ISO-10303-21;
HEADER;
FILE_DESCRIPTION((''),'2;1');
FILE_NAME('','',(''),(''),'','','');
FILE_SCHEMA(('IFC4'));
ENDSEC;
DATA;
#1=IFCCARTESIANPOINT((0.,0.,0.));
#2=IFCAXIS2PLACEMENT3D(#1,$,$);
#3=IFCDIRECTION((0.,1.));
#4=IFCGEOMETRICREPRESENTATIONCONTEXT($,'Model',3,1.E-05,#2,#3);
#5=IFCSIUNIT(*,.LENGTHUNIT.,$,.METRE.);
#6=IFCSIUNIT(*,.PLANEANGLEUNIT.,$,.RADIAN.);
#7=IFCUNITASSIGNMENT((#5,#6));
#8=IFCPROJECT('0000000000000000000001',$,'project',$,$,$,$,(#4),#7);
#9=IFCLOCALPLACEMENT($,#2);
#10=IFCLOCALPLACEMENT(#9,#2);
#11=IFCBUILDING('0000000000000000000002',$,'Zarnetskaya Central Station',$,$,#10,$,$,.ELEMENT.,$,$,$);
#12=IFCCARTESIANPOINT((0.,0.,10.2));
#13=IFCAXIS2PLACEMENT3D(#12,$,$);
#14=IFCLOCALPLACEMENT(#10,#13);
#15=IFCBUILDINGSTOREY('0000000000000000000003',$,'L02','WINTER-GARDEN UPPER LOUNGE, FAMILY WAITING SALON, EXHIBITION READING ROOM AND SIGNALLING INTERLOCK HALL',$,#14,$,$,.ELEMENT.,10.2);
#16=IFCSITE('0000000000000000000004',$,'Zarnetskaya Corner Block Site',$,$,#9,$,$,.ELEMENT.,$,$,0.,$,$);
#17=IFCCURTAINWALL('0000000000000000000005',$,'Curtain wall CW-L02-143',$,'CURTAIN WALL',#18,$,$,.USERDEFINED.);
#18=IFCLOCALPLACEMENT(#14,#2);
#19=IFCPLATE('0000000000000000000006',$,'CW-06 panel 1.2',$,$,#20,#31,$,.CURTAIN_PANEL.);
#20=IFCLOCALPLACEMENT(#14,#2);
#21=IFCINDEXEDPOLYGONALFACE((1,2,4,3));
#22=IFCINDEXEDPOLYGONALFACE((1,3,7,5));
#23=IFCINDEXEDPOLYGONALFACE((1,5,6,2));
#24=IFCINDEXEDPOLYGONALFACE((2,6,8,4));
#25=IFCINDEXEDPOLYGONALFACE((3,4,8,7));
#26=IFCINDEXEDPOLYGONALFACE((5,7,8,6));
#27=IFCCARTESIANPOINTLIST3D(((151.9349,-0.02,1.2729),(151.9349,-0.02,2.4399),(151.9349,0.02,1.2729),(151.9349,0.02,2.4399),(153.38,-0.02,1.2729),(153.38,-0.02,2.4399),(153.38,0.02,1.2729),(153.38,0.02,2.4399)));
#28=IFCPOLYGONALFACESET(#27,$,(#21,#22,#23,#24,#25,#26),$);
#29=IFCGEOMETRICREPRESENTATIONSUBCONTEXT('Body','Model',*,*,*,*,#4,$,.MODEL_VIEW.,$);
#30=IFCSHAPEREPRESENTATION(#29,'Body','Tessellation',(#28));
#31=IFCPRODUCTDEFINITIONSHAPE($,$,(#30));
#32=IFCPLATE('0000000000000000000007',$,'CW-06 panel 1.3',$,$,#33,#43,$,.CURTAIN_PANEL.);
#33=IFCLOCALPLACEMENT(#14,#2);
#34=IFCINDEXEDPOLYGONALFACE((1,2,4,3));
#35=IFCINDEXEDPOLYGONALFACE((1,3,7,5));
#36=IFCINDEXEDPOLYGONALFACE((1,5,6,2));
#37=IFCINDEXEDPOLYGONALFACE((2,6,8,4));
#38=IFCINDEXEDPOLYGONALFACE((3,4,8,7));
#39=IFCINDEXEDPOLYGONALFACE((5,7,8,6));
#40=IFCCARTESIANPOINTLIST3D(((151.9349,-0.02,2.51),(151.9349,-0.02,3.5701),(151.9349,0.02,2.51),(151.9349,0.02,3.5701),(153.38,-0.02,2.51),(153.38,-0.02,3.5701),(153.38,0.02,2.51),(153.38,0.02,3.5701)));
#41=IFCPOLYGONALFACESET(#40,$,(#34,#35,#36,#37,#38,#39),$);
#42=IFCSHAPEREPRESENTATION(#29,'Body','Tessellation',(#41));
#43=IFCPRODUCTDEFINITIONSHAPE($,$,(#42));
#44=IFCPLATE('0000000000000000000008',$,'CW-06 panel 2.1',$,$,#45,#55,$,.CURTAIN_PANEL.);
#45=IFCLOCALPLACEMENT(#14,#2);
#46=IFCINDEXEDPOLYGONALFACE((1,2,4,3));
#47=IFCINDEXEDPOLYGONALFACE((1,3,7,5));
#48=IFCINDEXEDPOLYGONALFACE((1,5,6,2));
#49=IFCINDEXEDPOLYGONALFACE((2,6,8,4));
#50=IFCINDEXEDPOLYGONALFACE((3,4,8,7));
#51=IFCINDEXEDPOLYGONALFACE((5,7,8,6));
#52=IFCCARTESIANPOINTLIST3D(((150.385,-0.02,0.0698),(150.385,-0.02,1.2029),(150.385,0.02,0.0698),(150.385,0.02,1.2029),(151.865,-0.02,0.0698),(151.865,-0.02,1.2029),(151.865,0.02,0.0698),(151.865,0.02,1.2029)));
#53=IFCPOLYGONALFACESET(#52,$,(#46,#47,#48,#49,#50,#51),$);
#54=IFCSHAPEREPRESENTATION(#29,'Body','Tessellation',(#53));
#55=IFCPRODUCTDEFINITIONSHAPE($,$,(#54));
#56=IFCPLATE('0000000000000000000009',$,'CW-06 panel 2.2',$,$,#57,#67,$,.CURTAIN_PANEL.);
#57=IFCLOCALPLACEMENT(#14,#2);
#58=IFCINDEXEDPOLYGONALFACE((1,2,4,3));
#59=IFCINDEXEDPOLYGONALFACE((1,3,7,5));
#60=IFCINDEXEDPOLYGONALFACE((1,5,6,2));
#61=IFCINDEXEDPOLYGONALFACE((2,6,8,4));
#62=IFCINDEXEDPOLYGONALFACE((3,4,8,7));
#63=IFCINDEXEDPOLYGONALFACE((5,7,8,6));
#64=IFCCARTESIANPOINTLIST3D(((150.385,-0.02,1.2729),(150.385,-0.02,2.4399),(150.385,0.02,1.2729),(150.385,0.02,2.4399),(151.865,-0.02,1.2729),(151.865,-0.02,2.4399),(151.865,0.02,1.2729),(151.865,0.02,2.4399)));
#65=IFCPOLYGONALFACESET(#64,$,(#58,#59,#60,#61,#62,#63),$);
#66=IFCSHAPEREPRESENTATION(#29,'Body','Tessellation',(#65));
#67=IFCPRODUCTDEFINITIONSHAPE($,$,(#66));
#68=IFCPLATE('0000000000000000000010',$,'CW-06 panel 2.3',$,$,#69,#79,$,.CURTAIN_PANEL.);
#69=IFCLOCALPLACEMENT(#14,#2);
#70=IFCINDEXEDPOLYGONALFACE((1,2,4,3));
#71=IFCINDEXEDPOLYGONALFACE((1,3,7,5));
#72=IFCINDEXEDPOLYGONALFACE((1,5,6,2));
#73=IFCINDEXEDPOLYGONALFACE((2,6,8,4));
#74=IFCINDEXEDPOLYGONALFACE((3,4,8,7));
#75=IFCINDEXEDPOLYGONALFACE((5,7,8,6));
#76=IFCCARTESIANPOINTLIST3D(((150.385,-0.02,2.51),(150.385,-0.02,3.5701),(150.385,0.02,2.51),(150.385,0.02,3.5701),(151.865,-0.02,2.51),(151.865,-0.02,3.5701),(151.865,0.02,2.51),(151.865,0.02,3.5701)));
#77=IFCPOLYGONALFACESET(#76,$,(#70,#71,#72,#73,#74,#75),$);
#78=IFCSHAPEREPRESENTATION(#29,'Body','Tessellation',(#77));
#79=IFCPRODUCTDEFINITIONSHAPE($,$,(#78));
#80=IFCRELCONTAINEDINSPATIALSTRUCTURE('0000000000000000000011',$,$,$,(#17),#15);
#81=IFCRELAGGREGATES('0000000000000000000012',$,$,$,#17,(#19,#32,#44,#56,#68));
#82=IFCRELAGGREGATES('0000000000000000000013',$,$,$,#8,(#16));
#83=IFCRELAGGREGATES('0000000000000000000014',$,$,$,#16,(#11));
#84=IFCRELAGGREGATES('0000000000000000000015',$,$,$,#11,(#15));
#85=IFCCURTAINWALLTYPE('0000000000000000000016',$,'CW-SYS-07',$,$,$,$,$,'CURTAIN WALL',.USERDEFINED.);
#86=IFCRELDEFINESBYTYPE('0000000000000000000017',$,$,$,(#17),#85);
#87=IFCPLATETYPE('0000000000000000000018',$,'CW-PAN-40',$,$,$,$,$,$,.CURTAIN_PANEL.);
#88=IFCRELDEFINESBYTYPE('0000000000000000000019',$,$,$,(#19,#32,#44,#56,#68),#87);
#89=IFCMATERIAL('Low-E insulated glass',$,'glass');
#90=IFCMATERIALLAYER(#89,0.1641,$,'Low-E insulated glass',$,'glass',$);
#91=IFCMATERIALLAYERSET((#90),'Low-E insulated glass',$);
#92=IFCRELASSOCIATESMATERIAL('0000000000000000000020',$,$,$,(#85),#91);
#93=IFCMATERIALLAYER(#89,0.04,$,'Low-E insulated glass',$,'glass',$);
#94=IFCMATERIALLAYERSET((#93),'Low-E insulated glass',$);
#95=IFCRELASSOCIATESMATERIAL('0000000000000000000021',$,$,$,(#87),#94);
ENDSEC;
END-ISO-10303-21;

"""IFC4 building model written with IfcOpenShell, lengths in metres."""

from ifc_helpers import new_model, si_unit, direction, frame, origin, origin_2d, place, context, subcontext, project, spatial, rectangle, extrude, material, layer, layer_set, type_object, element, aggregate, save


model = new_model("IFC4")

# Units and contexts
model_context = context("Model", 3, precision=1e-05, world=origin(), true_north=direction((0.0, 1.0)))
body_context = subcontext(model_context, "Body", "Model", "MODEL_VIEW")
ifc_project = project(units=[si_unit("LENGTHUNIT", "METRE"), si_unit("PLANEANGLEUNIT", "RADIAN")], contexts=[model_context])

# Site, building, storey
site_placement = place(None, origin())
site = spatial("IfcSite", under=ifc_project, at=site_placement, Name="Zarnetskaya Corner Block Site", CompositionType="ELEMENT", RefElevation=0.0)
building_placement = place(site_placement, origin())
building = spatial("IfcBuilding", under=site, at=building_placement, Name="Zarnetskaya Central Station", CompositionType="ELEMENT")
storey_placement = place(building_placement, frame((0.0, 0.0, 10.2)))
storey = spatial("IfcBuildingStorey", under=building, at=storey_placement, Name="L02", Description="WINTER-GARDEN UPPER LOUNGE, FAMILY WAITING SALON, EXHIBITION READING ROOM AND SIGNALLING INTERLOCK HALL", CompositionType="ELEMENT", Elevation=10.2)

# Curtain wall
ifc_material_1 = material(Name="Low-E insulated glass", Category="glass")
ifc_layer_1 = layer(ifc_material_1, 0.1641, Name="Low-E insulated glass", Category="glass")
ifc_layer_set_1 = layer_set([ifc_layer_1], Name="Low-E insulated glass")
curtain_wall_type = type_object("IfcCurtainWallType", Name="CW-SYS-07", ElementType="CURTAIN WALL", PredefinedType="USERDEFINED", material=ifc_layer_set_1)
curtain_wall_1_placement = place(storey_placement, origin())
curtain_wall_1 = element("IfcCurtainWall", 1, at=curtain_wall_1_placement, inside=storey, type_object=curtain_wall_type, Name="Curtain wall CW-L02-143", ObjectType="CURTAIN WALL", PredefinedType="USERDEFINED")

# Plates
ifc_layer_2 = layer(ifc_material_1, 0.04, Name="Low-E insulated glass", Category="glass")
ifc_layer_set_2 = layer_set([ifc_layer_2], Name="Low-E insulated glass")
plate_type_1 = type_object("IfcPlateType", Name="CW-PAN-40", PredefinedType="CURTAIN_PANEL", material=ifc_layer_set_2)
plate_1_placement = place(storey_placement, frame((152.6575, 0.0, 1.2729), z_axis=(0.0, 0.0, 1.0), x_axis=(-1.0, 0.0, 0.0)))
plate_1 = element("IfcPlate", 2, at=plate_1_placement, type_object=plate_type_1, Name="CW-06 panel 1.2", PredefinedType="CURTAIN_PANEL", context=body_context, shape_type="SweptSolid", body=[
    extrude(rectangle(XDim=1.4451, YDim=0.04, at=origin_2d()), origin(), (0.0, 0.0, 1.0), 1.167),
])
plate_2_placement = place(storey_placement, frame((152.6575, 0.0, 2.51), z_axis=(0.0, 0.0, 1.0), x_axis=(-1.0, 0.0, 0.0)))
plate_2 = element("IfcPlate", 3, at=plate_2_placement, type_object=plate_type_1, Name="CW-06 panel 1.3", PredefinedType="CURTAIN_PANEL", context=body_context, shape_type="SweptSolid", body=[
    extrude(rectangle(XDim=1.4451, YDim=0.04, at=origin_2d()), origin(), (0.0, 0.0, 1.0), 1.0601),
])
plate_3_placement = place(storey_placement, frame((151.125, 0.0, 0.0698), z_axis=(0.0, 0.0, 1.0), x_axis=(-1.0, 0.0, 0.0)))
plate_3 = element("IfcPlate", 4, at=plate_3_placement, type_object=plate_type_1, Name="CW-06 panel 2.1", PredefinedType="CURTAIN_PANEL", context=body_context, shape_type="SweptSolid", body=[
    extrude(rectangle(XDim=1.48, YDim=0.04, at=origin_2d()), origin(), (0.0, 0.0, 1.0), 1.1331),
])
plate_4_placement = place(storey_placement, frame((151.125, 0.0, 1.2729), z_axis=(0.0, 0.0, 1.0), x_axis=(-1.0, 0.0, 0.0)))
plate_4 = element("IfcPlate", 5, at=plate_4_placement, type_object=plate_type_1, Name="CW-06 panel 2.2", PredefinedType="CURTAIN_PANEL", context=body_context, shape_type="SweptSolid", body=[
    extrude(rectangle(XDim=1.48, YDim=0.04, at=origin_2d()), origin(), (0.0, 0.0, 1.0), 1.167),
])
plate_5_placement = place(storey_placement, frame((151.125, 0.0, 2.51), z_axis=(0.0, 0.0, 1.0), x_axis=(-1.0, 0.0, 0.0)))
plate_5 = element("IfcPlate", 6, at=plate_5_placement, type_object=plate_type_1, Name="CW-06 panel 2.3", PredefinedType="CURTAIN_PANEL", context=body_context, shape_type="SweptSolid", body=[
    extrude(rectangle(XDim=1.48, YDim=0.04, at=origin_2d()), origin(), (0.0, 0.0, 1.0), 1.0601),
])
aggregate(curtain_wall_1, [plate_1, plate_2, plate_3, plate_4, plate_5])

save(model, "model.ifc")
